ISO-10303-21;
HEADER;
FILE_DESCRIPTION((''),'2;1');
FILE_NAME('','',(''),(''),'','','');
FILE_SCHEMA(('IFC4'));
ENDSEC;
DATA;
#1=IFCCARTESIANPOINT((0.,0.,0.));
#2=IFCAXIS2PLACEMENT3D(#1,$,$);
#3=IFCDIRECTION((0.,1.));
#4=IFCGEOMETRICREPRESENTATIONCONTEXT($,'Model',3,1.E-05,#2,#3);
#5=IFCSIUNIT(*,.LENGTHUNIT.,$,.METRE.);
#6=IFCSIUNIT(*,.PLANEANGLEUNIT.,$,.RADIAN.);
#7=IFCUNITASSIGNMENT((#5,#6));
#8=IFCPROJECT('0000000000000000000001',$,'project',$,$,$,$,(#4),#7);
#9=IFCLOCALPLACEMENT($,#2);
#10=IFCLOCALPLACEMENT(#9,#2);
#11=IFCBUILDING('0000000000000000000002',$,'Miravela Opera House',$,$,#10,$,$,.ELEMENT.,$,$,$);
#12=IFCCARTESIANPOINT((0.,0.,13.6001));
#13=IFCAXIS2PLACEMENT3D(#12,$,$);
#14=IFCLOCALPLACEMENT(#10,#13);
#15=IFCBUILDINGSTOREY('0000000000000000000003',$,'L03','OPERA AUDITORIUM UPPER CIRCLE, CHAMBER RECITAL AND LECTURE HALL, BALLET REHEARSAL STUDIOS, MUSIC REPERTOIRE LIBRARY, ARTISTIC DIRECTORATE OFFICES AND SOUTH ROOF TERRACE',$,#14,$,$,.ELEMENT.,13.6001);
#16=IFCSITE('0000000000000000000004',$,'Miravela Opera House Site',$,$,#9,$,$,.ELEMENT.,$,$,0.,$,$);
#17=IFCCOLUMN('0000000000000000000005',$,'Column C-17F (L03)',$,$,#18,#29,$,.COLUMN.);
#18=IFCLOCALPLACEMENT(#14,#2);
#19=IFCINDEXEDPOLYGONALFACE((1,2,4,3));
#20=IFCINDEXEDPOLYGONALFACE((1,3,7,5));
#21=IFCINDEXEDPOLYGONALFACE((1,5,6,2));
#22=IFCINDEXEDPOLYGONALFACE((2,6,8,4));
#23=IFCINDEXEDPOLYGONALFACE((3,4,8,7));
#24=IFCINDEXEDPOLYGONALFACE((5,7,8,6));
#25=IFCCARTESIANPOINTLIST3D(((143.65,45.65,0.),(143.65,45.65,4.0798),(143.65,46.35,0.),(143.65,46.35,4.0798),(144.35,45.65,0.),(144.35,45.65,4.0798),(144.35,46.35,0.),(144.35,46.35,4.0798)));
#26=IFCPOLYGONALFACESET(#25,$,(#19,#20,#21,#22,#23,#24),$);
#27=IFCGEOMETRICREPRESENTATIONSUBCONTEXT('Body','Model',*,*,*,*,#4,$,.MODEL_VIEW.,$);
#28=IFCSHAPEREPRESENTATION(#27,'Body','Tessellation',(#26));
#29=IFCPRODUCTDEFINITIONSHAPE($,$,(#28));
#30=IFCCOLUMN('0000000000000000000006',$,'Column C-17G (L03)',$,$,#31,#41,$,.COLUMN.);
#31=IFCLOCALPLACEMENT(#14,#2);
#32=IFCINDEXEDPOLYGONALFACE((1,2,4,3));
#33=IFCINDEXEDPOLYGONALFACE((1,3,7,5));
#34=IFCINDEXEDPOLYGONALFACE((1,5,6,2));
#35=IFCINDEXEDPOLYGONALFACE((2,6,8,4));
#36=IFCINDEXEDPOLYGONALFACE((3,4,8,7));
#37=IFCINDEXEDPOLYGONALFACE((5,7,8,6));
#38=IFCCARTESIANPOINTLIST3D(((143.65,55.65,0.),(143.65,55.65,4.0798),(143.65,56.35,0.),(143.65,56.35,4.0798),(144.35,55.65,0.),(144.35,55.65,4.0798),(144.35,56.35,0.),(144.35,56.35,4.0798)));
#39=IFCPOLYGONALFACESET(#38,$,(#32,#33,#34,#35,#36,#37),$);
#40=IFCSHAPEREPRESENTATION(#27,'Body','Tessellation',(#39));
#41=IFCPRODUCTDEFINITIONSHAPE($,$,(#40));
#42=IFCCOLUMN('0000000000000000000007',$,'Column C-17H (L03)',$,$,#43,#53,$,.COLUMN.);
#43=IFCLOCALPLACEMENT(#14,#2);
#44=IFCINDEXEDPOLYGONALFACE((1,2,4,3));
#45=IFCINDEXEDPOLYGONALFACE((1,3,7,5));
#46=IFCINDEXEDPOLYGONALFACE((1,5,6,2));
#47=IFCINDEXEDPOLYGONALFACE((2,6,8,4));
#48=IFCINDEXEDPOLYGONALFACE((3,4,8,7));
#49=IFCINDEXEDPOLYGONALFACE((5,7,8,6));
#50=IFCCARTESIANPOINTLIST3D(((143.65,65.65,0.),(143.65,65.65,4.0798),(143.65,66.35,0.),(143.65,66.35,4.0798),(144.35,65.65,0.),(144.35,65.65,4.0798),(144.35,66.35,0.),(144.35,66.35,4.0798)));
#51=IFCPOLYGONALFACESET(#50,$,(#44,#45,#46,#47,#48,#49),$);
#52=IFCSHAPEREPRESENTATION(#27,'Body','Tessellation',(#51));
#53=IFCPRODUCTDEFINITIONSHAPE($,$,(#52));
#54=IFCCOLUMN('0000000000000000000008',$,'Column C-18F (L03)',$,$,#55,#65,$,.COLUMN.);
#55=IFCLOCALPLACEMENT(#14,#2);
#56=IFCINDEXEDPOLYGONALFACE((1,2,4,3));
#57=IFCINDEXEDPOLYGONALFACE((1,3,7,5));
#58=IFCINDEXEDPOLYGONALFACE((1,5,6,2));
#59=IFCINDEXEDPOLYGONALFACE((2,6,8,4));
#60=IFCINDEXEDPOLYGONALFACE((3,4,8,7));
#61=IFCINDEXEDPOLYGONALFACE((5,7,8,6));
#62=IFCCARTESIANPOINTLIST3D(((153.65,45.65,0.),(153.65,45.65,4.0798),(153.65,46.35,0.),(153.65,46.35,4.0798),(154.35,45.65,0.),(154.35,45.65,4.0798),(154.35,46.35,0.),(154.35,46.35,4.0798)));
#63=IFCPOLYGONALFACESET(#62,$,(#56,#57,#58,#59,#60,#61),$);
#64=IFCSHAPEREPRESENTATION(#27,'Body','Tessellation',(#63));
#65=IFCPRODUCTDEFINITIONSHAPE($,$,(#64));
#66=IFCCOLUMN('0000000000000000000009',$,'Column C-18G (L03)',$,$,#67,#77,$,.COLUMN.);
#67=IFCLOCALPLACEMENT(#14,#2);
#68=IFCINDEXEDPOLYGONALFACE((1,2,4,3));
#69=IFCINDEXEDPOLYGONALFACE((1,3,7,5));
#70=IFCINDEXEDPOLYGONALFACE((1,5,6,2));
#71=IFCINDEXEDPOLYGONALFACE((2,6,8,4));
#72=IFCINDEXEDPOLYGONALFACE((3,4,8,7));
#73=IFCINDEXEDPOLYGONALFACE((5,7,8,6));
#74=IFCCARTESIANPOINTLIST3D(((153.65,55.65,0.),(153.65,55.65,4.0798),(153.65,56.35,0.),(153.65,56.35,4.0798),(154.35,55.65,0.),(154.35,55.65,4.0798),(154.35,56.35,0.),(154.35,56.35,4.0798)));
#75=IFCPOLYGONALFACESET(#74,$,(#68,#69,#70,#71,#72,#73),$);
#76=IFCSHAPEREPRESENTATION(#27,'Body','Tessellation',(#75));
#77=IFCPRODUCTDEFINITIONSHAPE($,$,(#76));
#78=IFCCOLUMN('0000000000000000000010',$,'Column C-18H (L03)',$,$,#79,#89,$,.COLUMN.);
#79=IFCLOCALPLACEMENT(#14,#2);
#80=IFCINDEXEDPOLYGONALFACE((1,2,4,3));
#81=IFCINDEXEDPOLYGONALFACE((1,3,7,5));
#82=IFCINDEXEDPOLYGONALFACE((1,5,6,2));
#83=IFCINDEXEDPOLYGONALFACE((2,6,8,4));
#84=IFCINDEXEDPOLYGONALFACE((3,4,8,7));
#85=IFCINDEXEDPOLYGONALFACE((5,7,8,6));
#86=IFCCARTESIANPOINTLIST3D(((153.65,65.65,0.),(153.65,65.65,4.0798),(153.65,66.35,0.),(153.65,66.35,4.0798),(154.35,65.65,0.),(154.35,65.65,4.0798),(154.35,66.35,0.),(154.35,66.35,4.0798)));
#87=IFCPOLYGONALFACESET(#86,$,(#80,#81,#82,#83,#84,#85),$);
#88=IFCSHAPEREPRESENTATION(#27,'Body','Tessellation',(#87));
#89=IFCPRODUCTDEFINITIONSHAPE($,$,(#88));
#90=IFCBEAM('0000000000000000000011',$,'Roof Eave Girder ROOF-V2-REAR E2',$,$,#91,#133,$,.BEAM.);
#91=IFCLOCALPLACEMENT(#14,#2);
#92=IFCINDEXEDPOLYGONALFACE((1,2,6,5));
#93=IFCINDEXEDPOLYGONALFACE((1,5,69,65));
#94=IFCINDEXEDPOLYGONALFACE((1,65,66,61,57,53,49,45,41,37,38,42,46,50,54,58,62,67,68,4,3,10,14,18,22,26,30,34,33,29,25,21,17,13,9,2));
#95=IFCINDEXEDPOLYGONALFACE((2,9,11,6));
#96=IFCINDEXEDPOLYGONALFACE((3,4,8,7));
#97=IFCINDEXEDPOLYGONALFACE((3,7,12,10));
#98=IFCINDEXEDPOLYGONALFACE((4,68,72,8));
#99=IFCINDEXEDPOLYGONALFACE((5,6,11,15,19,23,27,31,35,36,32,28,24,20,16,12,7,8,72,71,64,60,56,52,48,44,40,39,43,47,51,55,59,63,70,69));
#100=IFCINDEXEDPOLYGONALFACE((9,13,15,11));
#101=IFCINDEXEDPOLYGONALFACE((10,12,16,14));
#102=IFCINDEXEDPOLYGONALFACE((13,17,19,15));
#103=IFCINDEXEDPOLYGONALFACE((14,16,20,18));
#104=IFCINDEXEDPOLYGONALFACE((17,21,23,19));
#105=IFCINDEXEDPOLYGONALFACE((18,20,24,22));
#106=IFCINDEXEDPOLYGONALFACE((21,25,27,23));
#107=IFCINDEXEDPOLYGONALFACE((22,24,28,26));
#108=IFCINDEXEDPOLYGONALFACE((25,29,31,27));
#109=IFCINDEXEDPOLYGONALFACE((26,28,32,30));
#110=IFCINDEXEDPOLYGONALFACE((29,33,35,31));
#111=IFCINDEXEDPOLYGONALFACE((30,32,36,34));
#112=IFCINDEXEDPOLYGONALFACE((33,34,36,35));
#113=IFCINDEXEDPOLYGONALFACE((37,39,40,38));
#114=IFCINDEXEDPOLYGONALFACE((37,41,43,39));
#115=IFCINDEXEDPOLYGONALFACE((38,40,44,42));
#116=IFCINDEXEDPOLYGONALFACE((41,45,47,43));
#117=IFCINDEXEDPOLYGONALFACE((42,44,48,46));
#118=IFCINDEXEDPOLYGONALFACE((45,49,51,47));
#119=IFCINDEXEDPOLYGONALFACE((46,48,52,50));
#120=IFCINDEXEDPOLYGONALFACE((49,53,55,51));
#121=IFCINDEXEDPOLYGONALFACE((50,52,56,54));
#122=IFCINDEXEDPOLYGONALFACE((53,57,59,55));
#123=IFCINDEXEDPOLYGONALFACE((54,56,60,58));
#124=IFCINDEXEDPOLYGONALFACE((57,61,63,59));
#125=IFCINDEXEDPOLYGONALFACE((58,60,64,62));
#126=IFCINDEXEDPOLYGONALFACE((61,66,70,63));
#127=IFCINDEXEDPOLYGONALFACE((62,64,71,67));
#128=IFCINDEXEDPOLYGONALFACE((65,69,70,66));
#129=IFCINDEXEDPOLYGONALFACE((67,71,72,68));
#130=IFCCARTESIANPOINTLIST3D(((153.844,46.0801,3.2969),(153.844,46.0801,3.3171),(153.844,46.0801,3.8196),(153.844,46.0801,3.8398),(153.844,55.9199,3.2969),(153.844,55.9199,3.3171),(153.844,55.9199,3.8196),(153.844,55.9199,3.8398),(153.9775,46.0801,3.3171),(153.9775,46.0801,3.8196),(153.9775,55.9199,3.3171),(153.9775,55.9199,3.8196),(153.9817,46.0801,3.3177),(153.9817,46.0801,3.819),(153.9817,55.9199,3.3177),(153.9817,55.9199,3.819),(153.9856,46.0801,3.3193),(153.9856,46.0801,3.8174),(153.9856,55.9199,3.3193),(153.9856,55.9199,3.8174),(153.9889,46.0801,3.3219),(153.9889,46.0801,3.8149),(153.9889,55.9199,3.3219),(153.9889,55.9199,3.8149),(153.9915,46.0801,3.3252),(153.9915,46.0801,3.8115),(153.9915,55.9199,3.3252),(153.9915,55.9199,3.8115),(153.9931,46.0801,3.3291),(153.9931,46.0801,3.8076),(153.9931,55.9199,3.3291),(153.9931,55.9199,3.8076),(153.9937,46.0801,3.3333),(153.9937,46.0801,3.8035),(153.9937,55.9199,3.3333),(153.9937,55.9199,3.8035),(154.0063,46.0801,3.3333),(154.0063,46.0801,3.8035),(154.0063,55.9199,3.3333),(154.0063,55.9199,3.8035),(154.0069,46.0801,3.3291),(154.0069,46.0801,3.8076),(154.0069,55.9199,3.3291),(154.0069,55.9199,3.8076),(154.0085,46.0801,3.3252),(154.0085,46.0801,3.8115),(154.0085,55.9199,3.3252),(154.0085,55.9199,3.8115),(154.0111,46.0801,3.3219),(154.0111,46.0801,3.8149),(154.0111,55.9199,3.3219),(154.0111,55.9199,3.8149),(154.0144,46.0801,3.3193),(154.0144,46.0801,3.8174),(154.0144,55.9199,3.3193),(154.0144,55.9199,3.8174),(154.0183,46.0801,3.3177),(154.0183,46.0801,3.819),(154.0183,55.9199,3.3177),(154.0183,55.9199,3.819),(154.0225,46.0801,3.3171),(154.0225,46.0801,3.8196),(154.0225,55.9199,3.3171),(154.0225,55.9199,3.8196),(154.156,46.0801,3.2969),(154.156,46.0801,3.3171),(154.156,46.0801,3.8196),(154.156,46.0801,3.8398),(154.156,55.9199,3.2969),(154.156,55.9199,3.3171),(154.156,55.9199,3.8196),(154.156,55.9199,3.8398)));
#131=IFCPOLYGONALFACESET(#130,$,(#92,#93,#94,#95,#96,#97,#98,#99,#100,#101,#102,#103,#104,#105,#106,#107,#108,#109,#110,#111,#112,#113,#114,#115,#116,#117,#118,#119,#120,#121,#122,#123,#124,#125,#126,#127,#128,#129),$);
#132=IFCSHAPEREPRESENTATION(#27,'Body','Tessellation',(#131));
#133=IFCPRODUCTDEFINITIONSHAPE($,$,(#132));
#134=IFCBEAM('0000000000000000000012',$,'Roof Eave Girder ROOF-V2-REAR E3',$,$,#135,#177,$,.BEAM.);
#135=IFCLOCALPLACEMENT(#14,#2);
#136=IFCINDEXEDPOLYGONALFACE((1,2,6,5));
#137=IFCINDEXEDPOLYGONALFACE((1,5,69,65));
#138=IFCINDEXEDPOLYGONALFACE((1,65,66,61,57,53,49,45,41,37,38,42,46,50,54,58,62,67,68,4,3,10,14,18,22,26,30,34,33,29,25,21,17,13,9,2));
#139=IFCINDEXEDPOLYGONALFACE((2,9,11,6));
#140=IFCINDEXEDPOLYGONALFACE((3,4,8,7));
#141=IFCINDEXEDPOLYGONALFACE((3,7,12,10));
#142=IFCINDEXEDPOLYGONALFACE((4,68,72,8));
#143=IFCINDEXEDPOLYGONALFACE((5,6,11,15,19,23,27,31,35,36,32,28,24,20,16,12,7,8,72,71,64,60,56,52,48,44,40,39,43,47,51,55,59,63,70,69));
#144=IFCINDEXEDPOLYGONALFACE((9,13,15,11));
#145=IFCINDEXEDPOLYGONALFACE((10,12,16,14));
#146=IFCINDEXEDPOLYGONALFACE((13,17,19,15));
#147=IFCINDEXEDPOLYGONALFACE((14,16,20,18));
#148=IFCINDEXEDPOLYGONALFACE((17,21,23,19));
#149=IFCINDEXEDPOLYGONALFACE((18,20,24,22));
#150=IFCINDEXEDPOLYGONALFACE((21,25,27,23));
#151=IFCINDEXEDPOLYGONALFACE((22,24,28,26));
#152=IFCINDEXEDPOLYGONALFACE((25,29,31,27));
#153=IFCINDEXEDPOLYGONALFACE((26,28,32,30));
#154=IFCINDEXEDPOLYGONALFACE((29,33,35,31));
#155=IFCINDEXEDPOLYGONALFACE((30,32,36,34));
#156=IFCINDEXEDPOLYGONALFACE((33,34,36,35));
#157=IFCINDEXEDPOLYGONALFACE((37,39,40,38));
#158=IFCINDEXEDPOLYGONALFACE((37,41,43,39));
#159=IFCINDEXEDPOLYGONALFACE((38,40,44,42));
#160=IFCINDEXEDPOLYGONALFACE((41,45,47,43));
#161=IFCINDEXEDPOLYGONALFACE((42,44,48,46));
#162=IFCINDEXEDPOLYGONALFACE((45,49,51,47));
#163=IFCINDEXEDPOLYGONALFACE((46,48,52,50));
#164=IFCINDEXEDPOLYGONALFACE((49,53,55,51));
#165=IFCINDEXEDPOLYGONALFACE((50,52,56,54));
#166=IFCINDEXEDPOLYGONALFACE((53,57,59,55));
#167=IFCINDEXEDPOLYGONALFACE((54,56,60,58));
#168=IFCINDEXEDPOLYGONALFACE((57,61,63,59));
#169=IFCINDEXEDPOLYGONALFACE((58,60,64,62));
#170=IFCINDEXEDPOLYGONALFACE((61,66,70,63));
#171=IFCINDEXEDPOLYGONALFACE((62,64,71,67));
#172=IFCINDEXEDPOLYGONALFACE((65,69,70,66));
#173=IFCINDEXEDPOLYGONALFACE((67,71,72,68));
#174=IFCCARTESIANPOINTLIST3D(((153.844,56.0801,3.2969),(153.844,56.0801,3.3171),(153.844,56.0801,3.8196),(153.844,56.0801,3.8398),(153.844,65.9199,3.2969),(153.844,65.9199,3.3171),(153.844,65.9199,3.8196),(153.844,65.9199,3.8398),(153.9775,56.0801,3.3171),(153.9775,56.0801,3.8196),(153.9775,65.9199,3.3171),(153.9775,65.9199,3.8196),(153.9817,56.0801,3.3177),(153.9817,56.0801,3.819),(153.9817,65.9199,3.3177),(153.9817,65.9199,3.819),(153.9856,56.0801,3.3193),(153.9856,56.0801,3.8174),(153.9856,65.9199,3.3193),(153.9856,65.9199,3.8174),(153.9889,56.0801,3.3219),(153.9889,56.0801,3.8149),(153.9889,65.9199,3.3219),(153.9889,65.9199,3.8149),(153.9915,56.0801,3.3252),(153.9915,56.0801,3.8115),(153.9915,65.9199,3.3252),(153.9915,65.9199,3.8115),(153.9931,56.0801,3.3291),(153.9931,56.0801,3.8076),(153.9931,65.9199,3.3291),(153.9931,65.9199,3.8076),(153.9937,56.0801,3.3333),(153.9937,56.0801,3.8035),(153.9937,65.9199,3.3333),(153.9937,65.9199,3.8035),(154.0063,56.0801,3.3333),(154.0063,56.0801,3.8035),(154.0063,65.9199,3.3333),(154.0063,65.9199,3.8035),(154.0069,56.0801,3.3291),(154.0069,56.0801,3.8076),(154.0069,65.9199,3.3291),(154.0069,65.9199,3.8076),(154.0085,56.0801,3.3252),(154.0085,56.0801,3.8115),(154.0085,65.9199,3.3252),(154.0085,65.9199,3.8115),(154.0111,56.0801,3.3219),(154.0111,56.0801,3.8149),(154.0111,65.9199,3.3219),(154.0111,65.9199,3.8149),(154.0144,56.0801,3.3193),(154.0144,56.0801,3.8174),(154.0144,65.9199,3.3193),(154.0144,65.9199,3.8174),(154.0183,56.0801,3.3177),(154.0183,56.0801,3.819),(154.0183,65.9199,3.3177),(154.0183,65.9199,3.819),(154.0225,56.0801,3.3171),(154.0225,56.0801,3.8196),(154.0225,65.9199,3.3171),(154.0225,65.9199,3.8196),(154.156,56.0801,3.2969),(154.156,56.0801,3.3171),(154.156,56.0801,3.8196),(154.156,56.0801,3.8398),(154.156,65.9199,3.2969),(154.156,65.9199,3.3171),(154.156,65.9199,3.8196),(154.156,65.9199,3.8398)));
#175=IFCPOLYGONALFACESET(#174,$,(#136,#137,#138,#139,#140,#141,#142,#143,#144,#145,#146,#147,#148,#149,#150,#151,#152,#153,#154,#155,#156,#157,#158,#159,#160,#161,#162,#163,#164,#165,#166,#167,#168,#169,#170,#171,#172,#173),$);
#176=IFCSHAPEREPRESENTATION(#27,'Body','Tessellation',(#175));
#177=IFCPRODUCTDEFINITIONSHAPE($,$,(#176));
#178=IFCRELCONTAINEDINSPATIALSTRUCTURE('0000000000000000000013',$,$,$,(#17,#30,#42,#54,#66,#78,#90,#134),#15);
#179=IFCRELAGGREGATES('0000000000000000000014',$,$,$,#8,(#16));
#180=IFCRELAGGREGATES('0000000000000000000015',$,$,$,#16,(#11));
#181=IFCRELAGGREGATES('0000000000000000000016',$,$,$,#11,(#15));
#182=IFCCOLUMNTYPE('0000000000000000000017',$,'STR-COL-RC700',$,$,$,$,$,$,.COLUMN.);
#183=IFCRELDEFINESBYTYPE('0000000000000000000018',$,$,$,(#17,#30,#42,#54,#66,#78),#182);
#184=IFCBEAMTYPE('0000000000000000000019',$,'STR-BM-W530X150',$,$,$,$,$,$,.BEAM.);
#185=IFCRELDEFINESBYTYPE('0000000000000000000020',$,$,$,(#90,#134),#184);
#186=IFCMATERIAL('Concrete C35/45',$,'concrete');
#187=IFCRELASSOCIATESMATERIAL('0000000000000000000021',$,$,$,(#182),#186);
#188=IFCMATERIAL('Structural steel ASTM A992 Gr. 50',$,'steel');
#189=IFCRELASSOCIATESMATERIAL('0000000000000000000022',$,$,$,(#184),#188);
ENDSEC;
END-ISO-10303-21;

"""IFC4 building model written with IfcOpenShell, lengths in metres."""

from ifc_helpers import new_model, si_unit, direction, frame, origin, origin_2d, place, context, subcontext, project, spatial, rectangle, i_section, extrude, material, material_profile, profile_set, type_object, element, save


model = new_model("IFC4")

# Units and contexts
model_context = context("Model", 3, precision=1e-05, world=origin(), true_north=direction((0.0, 1.0)))
body_context = subcontext(model_context, "Body", "Model", "MODEL_VIEW")
ifc_project = project(units=[si_unit("LENGTHUNIT", "METRE"), si_unit("PLANEANGLEUNIT", "RADIAN")], contexts=[model_context])

# Site, building, storey
site_placement = place(None, origin())
site = spatial("IfcSite", under=ifc_project, at=site_placement, Name="Miravela Opera House Site", CompositionType="ELEMENT", RefElevation=0.0)
building_placement = place(site_placement, origin())
building = spatial("IfcBuilding", under=site, at=building_placement, Name="Miravela Opera House", CompositionType="ELEMENT")
storey_placement = place(building_placement, frame((0.0, 0.0, 13.6001)))
storey = spatial("IfcBuildingStorey", under=building, at=storey_placement, Name="L03", Description="OPERA AUDITORIUM UPPER CIRCLE, CHAMBER RECITAL AND LECTURE HALL, BALLET REHEARSAL STUDIOS, MUSIC REPERTOIRE LIBRARY, ARTISTIC DIRECTORATE OFFICES AND SOUTH ROOF TERRACE", CompositionType="ELEMENT", Elevation=13.6001)

# Columns
ifc_material_1 = material(Name="Concrete C35/45", Category="concrete")
ifc_material_profile_1 = material_profile(ifc_material_1, rectangle(XDim=0.7, YDim=0.7, at=origin_2d()), Name="RC-COL-700X700")
ifc_profile_set_1 = profile_set([ifc_material_profile_1])
column_type = type_object("IfcColumnType", Name="STR-COL-RC700", PredefinedType="COLUMN", material=ifc_profile_set_1)
for number, where, z_axis, x_axis, name in (
    (1, (144.0, 46.0, 0.0), (0.0, 0.0, 1.0), (1.0, 0.0, 0.0), "Column C-17F (L03)"),
    (2, (144.0, 56.0, 0.0), (0.0, 0.0, 1.0), (1.0, 0.0, 0.0), "Column C-17G (L03)"),
    (3, (144.0, 66.0, 0.0), (0.0, 0.0, 1.0), (1.0, 0.0, 0.0), "Column C-17H (L03)"),
    (4, (154.0, 46.0, 0.0), (0.0, 0.0, 1.0), (1.0, 0.0, 0.0), "Column C-18F (L03)"),
    (5, (154.0, 56.0, 0.0), (0.0, 0.0, 1.0), (1.0, 0.0, 0.0), "Column C-18G (L03)"),
    (6, (154.0, 66.0, 0.0), (0.0, 0.0, 1.0), (1.0, 0.0, 0.0), "Column C-18H (L03)"),
):
    element("IfcColumn", number, at=place(storey_placement, frame(where, z_axis=z_axis, x_axis=x_axis)), inside=storey, type_object=column_type, Name=name, PredefinedType="COLUMN", context=body_context, shape_type="SweptSolid", body=[
        extrude(rectangle(XDim=0.7, YDim=0.7, at=origin_2d()), origin(), (0.0, 0.0, 1.0), 4.0798),
    ])

# Beams
ifc_material_2 = material(Name="Structural steel ASTM A992 Gr. 50", Category="steel")
ifc_material_profile_2 = material_profile(ifc_material_2, i_section(OverallWidth=0.312, OverallDepth=0.543, WebThickness=0.0127, FlangeThickness=0.0203, FilletRadius=0.0161, at=origin_2d()), Name="W530X150")
ifc_profile_set_2 = profile_set([ifc_material_profile_2])
beam_type = type_object("IfcBeamType", Name="STR-BM-W530X150", PredefinedType="BEAM", material=ifc_profile_set_2)
for number, where, z_axis, x_axis, name in (
    (7, (154.0, 46.0801, 3.5684), (0.0, 1.0, 0.0), (-1.0, 0.0, 0.0), "Roof Eave Girder ROOF-V2-REAR E2"),
    (8, (154.0, 56.0801, 3.5684), (0.0, 1.0, 0.0), (-1.0, 0.0, 0.0), "Roof Eave Girder ROOF-V2-REAR E3"),
):
    element("IfcBeam", number, at=place(storey_placement, frame(where, z_axis=z_axis, x_axis=x_axis)), inside=storey, type_object=beam_type, Name=name, PredefinedType="BEAM", context=body_context, shape_type="SweptSolid", body=[
        extrude(i_section(OverallWidth=0.312, OverallDepth=0.543, WebThickness=0.0127, FlangeThickness=0.0203, FilletRadius=0.0161, at=origin_2d()), origin(), (0.0, 0.0, 1.0), 9.8398),
    ])

save(model, "model.ifc")
